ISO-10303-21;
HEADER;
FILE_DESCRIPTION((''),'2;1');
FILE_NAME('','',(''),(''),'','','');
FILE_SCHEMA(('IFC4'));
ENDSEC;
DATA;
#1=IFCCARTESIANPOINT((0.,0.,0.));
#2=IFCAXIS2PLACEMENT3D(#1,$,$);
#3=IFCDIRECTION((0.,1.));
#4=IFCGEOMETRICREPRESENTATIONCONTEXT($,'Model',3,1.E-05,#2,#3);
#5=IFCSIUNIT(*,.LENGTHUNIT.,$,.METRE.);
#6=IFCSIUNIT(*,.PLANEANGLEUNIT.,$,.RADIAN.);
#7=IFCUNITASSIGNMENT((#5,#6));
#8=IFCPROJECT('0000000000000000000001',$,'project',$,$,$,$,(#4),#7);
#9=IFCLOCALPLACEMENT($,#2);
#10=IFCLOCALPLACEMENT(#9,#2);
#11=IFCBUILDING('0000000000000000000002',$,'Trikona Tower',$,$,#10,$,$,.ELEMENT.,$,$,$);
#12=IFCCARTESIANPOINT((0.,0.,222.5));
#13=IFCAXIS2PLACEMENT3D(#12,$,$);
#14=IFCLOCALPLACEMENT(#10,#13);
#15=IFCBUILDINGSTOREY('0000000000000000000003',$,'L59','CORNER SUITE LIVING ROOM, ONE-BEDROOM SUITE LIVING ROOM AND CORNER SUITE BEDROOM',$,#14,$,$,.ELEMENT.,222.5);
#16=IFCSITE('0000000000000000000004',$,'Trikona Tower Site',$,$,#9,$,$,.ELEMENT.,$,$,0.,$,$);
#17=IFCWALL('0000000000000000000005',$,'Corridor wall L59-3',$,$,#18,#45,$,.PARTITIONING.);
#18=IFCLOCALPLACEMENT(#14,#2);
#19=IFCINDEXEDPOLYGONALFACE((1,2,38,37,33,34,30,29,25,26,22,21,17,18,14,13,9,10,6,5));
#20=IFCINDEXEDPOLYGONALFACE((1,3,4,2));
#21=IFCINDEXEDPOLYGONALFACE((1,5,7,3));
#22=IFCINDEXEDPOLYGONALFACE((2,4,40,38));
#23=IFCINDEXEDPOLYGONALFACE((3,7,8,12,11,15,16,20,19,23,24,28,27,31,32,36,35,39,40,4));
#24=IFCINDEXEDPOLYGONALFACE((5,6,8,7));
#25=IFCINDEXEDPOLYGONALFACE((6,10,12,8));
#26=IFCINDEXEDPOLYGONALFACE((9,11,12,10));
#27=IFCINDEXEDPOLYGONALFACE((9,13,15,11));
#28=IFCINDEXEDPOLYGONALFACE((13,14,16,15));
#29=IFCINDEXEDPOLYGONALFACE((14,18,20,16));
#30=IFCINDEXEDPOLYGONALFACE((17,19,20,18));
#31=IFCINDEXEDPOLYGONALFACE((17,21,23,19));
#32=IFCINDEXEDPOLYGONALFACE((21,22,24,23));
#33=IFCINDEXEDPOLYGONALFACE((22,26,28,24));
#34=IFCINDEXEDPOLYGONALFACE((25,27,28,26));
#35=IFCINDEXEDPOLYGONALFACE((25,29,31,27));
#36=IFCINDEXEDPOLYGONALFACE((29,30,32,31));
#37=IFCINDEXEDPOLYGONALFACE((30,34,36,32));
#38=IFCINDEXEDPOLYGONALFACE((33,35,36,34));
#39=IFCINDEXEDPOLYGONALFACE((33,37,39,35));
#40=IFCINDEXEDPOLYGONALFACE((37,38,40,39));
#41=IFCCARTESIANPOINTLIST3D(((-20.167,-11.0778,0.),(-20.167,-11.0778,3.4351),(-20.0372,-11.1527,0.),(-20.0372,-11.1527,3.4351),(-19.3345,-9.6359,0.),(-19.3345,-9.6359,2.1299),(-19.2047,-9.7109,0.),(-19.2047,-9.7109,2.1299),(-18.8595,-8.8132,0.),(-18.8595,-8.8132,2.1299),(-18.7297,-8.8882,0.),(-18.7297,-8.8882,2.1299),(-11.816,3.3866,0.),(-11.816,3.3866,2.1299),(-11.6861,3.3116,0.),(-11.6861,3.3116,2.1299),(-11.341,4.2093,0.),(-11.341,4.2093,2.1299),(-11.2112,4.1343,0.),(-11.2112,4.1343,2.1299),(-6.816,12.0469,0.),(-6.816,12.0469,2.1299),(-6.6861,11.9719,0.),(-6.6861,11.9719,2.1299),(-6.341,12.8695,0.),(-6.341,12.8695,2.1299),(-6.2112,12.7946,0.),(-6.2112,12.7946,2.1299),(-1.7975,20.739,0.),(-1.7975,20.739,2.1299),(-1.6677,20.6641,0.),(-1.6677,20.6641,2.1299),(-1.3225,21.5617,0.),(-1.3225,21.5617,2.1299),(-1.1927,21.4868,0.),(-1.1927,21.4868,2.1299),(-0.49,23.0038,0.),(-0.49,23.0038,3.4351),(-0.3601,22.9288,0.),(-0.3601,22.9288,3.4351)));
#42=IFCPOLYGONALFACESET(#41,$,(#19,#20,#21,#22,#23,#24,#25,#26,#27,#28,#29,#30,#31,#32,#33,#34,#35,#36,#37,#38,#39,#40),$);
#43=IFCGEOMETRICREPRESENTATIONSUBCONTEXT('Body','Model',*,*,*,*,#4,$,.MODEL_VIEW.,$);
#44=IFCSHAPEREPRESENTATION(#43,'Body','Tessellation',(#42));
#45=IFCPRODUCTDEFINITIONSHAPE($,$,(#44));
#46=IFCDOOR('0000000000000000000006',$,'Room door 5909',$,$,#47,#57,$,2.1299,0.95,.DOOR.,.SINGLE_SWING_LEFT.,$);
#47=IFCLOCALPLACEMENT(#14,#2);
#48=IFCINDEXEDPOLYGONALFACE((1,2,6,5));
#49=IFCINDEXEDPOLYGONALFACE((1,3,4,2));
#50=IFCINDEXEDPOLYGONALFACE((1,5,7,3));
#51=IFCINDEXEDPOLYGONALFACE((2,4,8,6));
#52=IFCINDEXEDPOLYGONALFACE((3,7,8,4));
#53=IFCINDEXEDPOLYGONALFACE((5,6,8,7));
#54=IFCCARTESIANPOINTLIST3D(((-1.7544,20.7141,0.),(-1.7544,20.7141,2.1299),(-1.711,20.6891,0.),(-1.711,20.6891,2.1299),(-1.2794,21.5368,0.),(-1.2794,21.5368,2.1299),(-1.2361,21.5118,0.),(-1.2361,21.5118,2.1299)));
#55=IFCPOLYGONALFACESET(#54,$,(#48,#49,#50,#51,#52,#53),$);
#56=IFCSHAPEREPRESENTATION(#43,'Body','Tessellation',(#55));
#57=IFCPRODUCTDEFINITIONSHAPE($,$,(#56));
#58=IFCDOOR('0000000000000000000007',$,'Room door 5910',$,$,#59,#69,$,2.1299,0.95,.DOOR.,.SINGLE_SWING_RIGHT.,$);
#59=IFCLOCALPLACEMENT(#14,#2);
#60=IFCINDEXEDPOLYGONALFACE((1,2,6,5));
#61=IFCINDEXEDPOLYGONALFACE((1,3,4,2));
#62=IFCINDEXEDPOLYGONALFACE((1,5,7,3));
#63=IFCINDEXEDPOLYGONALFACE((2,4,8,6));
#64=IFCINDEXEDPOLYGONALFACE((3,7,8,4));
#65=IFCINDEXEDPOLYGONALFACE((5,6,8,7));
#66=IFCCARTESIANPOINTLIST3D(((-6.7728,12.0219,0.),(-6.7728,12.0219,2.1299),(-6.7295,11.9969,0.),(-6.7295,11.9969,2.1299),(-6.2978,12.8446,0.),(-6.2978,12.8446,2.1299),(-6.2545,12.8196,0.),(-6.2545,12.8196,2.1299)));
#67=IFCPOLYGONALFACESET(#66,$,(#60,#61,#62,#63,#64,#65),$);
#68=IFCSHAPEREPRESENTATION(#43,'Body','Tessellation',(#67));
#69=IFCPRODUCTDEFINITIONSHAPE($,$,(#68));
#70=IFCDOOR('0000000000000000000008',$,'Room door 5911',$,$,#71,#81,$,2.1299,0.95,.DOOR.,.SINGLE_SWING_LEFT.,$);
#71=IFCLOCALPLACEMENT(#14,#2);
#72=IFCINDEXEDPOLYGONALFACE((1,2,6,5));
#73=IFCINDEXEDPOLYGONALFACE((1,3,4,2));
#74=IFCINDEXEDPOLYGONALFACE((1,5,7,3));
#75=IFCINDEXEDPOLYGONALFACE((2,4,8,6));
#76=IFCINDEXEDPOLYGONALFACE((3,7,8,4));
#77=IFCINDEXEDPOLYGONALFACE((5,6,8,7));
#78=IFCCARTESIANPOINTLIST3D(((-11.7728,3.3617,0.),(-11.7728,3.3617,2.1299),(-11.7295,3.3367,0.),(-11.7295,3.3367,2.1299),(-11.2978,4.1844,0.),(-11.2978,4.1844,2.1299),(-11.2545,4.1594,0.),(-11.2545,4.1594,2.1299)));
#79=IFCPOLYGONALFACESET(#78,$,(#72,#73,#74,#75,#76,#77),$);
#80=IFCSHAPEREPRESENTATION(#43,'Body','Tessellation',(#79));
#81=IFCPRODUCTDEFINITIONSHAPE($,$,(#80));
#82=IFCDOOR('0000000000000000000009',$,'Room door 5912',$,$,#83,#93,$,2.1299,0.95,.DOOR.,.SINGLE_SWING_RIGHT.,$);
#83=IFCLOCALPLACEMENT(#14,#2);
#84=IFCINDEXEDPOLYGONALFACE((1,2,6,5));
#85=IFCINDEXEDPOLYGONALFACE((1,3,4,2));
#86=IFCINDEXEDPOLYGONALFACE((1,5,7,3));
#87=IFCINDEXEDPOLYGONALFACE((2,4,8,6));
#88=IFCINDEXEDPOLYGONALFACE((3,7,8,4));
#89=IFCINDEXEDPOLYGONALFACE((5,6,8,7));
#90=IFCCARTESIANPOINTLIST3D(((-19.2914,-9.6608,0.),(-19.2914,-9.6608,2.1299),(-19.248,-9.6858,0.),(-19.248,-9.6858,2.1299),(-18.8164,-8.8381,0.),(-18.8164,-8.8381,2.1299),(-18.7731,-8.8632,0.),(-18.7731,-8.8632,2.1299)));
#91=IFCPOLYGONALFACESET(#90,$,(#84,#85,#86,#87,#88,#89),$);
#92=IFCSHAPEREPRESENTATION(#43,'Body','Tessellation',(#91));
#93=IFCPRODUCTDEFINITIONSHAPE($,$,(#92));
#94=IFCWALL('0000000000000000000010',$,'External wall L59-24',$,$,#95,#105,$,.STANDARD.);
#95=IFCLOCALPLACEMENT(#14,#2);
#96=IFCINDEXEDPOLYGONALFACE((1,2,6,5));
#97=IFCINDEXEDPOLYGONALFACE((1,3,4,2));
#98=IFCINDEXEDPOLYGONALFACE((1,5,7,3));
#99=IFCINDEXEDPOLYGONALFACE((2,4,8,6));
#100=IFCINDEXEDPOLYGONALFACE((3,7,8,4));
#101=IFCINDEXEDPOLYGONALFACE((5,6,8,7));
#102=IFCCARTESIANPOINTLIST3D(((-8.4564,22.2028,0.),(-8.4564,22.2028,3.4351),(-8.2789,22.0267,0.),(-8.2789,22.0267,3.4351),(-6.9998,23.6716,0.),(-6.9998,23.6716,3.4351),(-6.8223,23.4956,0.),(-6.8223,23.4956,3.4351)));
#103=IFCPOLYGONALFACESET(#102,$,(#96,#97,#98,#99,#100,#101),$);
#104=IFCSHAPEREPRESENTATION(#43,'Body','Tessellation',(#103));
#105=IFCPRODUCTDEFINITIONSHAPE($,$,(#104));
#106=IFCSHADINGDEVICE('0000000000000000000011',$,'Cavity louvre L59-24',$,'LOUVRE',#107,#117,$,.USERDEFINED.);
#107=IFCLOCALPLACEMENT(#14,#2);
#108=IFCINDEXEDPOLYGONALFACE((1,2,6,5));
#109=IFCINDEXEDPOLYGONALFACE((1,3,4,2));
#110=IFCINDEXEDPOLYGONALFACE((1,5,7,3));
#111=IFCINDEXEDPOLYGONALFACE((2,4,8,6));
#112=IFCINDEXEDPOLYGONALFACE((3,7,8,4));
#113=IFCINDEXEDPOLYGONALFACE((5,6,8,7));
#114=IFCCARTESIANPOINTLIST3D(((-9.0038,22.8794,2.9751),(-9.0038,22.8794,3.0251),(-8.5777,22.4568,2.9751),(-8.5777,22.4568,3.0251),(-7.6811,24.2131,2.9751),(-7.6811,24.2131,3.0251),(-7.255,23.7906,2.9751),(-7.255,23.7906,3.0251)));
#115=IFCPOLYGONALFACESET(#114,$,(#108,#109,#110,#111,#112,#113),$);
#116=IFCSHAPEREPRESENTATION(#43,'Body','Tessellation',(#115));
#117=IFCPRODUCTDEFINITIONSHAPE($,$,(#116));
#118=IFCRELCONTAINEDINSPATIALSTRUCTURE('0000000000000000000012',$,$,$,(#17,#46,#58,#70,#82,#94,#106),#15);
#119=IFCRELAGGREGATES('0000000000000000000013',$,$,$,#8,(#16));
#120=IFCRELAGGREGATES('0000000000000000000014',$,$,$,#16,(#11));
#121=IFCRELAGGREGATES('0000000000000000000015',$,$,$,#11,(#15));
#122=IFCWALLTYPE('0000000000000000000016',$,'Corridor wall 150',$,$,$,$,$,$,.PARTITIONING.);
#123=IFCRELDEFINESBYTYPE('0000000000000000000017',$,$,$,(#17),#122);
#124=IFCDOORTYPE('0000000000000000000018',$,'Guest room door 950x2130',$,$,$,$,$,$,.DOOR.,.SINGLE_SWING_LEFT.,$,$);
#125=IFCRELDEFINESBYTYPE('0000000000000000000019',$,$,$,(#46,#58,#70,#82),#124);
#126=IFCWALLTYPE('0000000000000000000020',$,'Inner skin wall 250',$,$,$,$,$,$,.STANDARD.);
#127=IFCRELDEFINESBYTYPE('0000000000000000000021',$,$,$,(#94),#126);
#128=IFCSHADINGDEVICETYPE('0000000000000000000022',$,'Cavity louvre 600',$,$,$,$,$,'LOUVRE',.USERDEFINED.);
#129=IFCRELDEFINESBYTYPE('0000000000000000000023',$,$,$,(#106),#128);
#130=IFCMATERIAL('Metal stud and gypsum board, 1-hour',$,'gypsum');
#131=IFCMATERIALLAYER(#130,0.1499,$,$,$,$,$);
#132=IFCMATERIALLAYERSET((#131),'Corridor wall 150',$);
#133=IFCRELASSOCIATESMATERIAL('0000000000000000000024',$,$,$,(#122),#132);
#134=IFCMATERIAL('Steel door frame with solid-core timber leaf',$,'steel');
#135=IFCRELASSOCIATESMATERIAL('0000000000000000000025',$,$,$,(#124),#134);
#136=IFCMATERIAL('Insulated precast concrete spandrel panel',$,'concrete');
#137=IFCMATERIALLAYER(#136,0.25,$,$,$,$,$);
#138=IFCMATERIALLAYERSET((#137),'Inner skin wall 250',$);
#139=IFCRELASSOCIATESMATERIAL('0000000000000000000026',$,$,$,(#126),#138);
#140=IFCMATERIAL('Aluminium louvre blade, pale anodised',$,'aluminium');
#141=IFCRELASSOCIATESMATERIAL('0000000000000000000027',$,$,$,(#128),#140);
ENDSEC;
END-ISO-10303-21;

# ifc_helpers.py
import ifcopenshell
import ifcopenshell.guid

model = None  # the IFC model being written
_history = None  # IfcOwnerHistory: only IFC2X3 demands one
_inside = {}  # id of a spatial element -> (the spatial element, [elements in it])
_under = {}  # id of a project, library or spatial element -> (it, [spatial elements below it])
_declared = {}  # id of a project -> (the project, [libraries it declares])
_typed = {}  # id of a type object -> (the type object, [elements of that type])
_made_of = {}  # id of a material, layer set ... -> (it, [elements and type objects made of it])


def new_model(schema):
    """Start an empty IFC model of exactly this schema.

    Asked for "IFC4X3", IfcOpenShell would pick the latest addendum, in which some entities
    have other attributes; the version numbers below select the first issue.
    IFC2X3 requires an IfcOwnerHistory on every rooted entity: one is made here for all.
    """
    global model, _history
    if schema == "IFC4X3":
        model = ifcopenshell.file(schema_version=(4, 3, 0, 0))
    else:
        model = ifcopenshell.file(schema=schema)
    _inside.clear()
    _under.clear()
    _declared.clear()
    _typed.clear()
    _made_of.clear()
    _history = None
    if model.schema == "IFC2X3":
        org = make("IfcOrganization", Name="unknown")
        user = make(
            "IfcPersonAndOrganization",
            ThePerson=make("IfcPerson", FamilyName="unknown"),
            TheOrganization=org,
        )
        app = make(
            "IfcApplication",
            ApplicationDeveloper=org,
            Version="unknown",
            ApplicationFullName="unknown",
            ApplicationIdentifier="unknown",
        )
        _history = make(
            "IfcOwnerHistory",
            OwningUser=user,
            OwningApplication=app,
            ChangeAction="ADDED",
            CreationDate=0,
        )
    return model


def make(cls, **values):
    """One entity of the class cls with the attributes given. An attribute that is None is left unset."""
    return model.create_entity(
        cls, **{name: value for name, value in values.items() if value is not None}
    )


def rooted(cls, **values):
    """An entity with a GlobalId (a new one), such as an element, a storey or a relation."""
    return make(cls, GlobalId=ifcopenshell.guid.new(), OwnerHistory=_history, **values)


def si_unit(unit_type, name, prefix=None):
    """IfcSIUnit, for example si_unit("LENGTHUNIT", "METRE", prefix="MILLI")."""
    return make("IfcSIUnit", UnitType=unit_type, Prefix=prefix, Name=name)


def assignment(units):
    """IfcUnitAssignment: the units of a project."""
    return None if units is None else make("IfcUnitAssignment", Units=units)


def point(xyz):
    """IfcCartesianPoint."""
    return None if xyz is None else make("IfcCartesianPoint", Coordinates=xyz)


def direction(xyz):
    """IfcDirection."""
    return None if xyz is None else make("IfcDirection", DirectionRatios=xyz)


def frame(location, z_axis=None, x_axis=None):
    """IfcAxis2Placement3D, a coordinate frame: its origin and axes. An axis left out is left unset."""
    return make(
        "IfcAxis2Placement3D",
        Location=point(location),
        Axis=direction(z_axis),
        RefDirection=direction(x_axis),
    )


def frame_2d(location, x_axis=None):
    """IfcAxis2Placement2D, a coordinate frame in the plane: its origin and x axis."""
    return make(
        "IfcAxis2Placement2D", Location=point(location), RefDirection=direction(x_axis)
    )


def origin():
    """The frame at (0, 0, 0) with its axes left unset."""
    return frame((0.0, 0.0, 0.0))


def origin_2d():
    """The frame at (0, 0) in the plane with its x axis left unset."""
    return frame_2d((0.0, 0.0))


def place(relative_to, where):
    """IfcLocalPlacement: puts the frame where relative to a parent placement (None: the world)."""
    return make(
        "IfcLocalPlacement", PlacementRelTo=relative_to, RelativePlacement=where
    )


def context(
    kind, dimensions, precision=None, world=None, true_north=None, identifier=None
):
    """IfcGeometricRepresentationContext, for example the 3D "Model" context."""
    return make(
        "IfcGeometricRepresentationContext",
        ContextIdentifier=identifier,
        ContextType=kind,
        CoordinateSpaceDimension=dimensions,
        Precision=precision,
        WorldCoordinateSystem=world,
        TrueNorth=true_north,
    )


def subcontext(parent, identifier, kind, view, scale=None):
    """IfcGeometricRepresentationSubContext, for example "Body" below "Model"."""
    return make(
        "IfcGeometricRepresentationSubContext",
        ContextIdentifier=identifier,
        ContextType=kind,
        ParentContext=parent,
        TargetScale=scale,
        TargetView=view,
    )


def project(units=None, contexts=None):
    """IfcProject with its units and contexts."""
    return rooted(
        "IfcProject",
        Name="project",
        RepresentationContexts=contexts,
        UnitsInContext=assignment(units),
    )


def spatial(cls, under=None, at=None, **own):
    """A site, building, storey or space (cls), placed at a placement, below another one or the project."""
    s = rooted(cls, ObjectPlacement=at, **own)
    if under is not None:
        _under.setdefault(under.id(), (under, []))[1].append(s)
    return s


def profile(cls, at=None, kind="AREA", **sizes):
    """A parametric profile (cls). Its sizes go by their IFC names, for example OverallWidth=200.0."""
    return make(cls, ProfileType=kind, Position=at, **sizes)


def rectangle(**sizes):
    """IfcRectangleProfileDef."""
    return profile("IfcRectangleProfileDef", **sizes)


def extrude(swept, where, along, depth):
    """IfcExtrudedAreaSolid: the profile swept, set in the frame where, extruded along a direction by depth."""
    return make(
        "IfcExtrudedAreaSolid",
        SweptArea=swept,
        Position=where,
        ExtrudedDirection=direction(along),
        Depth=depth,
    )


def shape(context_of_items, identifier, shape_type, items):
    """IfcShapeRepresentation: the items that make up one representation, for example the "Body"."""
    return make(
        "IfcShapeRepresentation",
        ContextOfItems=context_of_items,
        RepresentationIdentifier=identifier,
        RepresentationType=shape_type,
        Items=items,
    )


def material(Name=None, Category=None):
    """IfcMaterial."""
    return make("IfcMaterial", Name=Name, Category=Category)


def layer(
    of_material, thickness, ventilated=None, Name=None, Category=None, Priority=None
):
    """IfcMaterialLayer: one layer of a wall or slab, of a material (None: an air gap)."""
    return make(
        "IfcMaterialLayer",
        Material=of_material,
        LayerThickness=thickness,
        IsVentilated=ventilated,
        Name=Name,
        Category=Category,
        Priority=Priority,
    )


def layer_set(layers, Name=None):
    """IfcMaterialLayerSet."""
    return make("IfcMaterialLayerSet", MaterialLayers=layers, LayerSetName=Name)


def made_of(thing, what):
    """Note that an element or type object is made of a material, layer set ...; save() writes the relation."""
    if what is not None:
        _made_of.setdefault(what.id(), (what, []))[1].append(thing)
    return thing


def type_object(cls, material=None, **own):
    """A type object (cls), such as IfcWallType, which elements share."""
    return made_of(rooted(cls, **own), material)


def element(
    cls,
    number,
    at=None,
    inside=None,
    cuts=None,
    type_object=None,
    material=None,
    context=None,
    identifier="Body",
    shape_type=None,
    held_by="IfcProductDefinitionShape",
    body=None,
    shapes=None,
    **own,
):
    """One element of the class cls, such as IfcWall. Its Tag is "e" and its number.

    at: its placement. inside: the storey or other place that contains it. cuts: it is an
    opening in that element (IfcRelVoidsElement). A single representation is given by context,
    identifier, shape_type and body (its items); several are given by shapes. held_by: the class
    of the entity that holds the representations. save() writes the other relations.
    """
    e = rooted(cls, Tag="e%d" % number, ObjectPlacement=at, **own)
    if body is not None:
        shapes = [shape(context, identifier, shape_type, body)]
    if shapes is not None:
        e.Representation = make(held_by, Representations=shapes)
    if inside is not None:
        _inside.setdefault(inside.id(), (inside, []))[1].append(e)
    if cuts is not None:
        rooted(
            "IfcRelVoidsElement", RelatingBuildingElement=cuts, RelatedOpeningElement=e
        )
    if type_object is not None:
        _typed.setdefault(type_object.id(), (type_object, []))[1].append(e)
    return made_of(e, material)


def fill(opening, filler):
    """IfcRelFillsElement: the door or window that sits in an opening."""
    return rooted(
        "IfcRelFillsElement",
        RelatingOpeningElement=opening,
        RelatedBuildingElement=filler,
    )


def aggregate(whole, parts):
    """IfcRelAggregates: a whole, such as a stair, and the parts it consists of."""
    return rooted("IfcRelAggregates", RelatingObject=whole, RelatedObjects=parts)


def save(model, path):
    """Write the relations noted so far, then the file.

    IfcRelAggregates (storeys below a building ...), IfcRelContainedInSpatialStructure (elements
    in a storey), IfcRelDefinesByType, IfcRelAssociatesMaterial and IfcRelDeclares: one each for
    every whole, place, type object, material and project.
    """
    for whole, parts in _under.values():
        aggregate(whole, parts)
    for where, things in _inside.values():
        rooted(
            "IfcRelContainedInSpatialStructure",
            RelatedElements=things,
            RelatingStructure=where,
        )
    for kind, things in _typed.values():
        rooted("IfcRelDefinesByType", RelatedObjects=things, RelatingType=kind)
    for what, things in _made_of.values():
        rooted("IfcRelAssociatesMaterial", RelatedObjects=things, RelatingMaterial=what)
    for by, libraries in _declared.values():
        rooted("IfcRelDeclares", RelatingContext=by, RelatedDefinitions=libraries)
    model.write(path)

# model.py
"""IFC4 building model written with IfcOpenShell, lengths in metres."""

from ifc_helpers import new_model, si_unit, direction, frame, frame_2d, origin, origin_2d, place, context, subcontext, project, spatial, rectangle, extrude, material, layer, layer_set, type_object, element, fill, save


model = new_model("IFC4")

# Units and contexts
model_context = context("Model", 3, precision=1e-05, world=origin(), true_north=direction((0.0, 1.0)))
body_context = subcontext(model_context, "Body", "Model", "MODEL_VIEW")
ifc_project = project(units=[si_unit("LENGTHUNIT", "METRE"), si_unit("PLANEANGLEUNIT", "RADIAN")], contexts=[model_context])

# Site, building, storey
site_placement = place(None, origin())
site = spatial("IfcSite", under=ifc_project, at=site_placement, Name="Trikona Tower Site", CompositionType="ELEMENT", RefElevation=0.0)
building_placement = place(site_placement, origin())
building = spatial("IfcBuilding", under=site, at=building_placement, Name="Trikona Tower", CompositionType="ELEMENT")
storey_placement = place(building_placement, frame((0.0, 0.0, 222.5)))
storey = spatial("IfcBuildingStorey", under=building, at=storey_placement, Name="L59", Description="CORNER SUITE LIVING ROOM, ONE-BEDROOM SUITE LIVING ROOM AND CORNER SUITE BEDROOM", CompositionType="ELEMENT", Elevation=222.5)

# Wall, openings, doors
ifc_material_1 = material(Name="Metal stud and gypsum board, 1-hour", Category="gypsum")
ifc_layer_1 = layer(ifc_material_1, 0.1499)
ifc_layer_set_1 = layer_set([ifc_layer_1], Name="Corridor wall 150")
wall_type_1 = type_object("IfcWallType", Name="Corridor wall 150", PredefinedType="PARTITIONING", material=ifc_layer_set_1)
wall_1_placement = place(storey_placement, frame((-0.425, 22.9663, 0.0), z_axis=(0.0, 0.0, 1.0), x_axis=(-0.5, -0.866025, 0.0)))
wall_1 = element("IfcWall", 1, at=wall_1_placement, inside=storey, type_object=wall_type_1, Name="Corridor wall L59-3", PredefinedType="PARTITIONING", context=body_context, shape_type="SweptSolid", body=[
    extrude(rectangle(XDim=39.354, YDim=0.1499, at=frame_2d((19.677, 0.0))), origin(), (0.0, 0.0, 1.0), 3.4351),
])
opening_1_placement = place(wall_1_placement, frame((1.665, 0.0, 0.0)))
opening_1 = element("IfcOpeningElement", 2, at=opening_1_placement, cuts=wall_1, PredefinedType="OPENING", context=body_context, shape_type="SweptSolid", body=[
    extrude(rectangle(XDim=0.95, YDim=2.1299, at=frame_2d((0.4751, 1.0649))), frame((0.0, 0.085, 0.0), z_axis=(0.0, -1.0, 0.0), x_axis=(1.0, 0.0, 0.0)), (0.0, 0.0, 1.0), 0.1699),
])
opening_2_placement = place(wall_1_placement, frame((11.7019, 0.0, 0.0)))
opening_2 = element("IfcOpeningElement", 3, at=opening_2_placement, cuts=wall_1, PredefinedType="OPENING", context=body_context, shape_type="SweptSolid", body=[
    extrude(rectangle(XDim=0.95, YDim=2.1299, at=frame_2d((0.4751, 1.0649))), frame((0.0, 0.085, 0.0), z_axis=(0.0, -1.0, 0.0), x_axis=(1.0, 0.0, 0.0)), (0.0, 0.0, 1.0), 0.1699),
])
opening_3_placement = place(wall_1_placement, frame((21.7019, 0.0, 0.0)))
opening_3 = element("IfcOpeningElement", 4, at=opening_3_placement, cuts=wall_1, PredefinedType="OPENING", context=body_context, shape_type="SweptSolid", body=[
    extrude(rectangle(XDim=0.95, YDim=2.1299, at=frame_2d((0.4751, 1.0649))), frame((0.0, 0.085, 0.0), z_axis=(0.0, -1.0, 0.0), x_axis=(1.0, 0.0, 0.0)), (0.0, 0.0, 1.0), 0.1699),
])
opening_4_placement = place(wall_1_placement, frame((36.739, 0.0, 0.0)))
opening_4 = element("IfcOpeningElement", 5, at=opening_4_placement, cuts=wall_1, PredefinedType="OPENING", context=body_context, shape_type="SweptSolid", body=[
    extrude(rectangle(XDim=0.95, YDim=2.1299, at=frame_2d((0.4751, 1.0649))), frame((0.0, 0.085, 0.0), z_axis=(0.0, -1.0, 0.0), x_axis=(1.0, 0.0, 0.0)), (0.0, 0.0, 1.0), 0.1699),
])
ifc_material_2 = material(Name="Steel door frame with solid-core timber leaf", Category="steel")
door_type = type_object("IfcDoorType", Name="Guest room door 950x2130", OperationType="SINGLE_SWING_LEFT", PredefinedType="DOOR", material=ifc_material_2)
door_1_placement = place(opening_1_placement, origin())
door_1 = element("IfcDoor", 6, at=door_1_placement, inside=storey, type_object=door_type, Name="Room door 5909", OperationType="SINGLE_SWING_LEFT", OverallHeight=2.1299, OverallWidth=0.95, PredefinedType="DOOR", context=body_context, shape_type="SweptSolid", body=[
    extrude(rectangle(XDim=0.95, YDim=2.1299, at=frame_2d((0.4751, 1.0649))), frame((0.0, 0.0249, 0.0), z_axis=(0.0, -1.0, 0.0), x_axis=(1.0, 0.0, 0.0)), (0.0, 0.0, 1.0), 0.05),
])
fill(opening_1, door_1)
door_2_placement = place(opening_2_placement, origin())
door_2 = element("IfcDoor", 7, at=door_2_placement, inside=storey, type_object=door_type, Name="Room door 5910", OperationType="SINGLE_SWING_RIGHT", OverallHeight=2.1299, OverallWidth=0.95, PredefinedType="DOOR", context=body_context, shape_type="SweptSolid", body=[
    extrude(rectangle(XDim=0.95, YDim=2.1299, at=frame_2d((0.4751, 1.0649))), frame((0.0, 0.0249, 0.0), z_axis=(0.0, -1.0, 0.0), x_axis=(1.0, 0.0, 0.0)), (0.0, 0.0, 1.0), 0.05),
])
fill(opening_2, door_2)
door_3_placement = place(opening_3_placement, origin())
door_3 = element("IfcDoor", 8, at=door_3_placement, inside=storey, type_object=door_type, Name="Room door 5911", OperationType="SINGLE_SWING_LEFT", OverallHeight=2.1299, OverallWidth=0.95, PredefinedType="DOOR", context=body_context, shape_type="SweptSolid", body=[
    extrude(rectangle(XDim=0.95, YDim=2.1299, at=frame_2d((0.4751, 1.0649))), frame((0.0, 0.0249, 0.0), z_axis=(0.0, -1.0, 0.0), x_axis=(1.0, 0.0, 0.0)), (0.0, 0.0, 1.0), 0.05),
])
fill(opening_3, door_3)
door_4_placement = place(opening_4_placement, origin())
door_4 = element("IfcDoor", 9, at=door_4_placement, inside=storey, type_object=door_type, Name="Room door 5912", OperationType="SINGLE_SWING_RIGHT", OverallHeight=2.1299, OverallWidth=0.95, PredefinedType="DOOR", context=body_context, shape_type="SweptSolid", body=[
    extrude(rectangle(XDim=0.95, YDim=2.1299, at=frame_2d((0.4751, 1.0649))), frame((0.0, 0.0249, 0.0), z_axis=(0.0, -1.0, 0.0), x_axis=(1.0, 0.0, 0.0)), (0.0, 0.0, 1.0), 0.05),
])
fill(opening_4, door_4)

# Wall
ifc_material_3 = material(Name="Insulated precast concrete spandrel panel", Category="concrete")
ifc_layer_2 = layer(ifc_material_3, 0.25)
ifc_layer_set_2 = layer_set([ifc_layer_2], Name="Inner skin wall 250")
wall_type_2 = type_object("IfcWallType", Name="Inner skin wall 250", PredefinedType="STANDARD", material=ifc_layer_set_2)
wall_2_placement = place(storey_placement, frame((-6.9111, 23.5835, 0.0), z_axis=(0.0, 0.0, 1.0), x_axis=(-0.70415, -0.710051, 0.0)))
element("IfcWall", 10, at=wall_2_placement, inside=storey, type_object=wall_type_2, Name="External wall L59-24", PredefinedType="STANDARD", context=body_context, shape_type="SweptSolid", body=[
    extrude(rectangle(XDim=2.0686, YDim=0.25, at=frame_2d((1.0342, 0.0))), origin(), (0.0, 0.0, 1.0), 3.4351),
])

# Shading device
ifc_material_4 = material(Name="Aluminium louvre blade, pale anodised", Category="aluminium")
shading_device_type = type_object("IfcShadingDeviceType", Name="Cavity louvre 600", ElementType="LOUVRE", PredefinedType="USERDEFINED", material=ifc_material_4)
shading_device_placement = place(storey_placement, frame((-8.1294, 23.335, 2.9751), z_axis=(0.0, 0.0, 1.0), x_axis=(-0.704151, -0.71005, 0.0)))
element("IfcShadingDevice", 11, at=shading_device_placement, inside=storey, type_object=shading_device_type, Name="Cavity louvre L59-24", ObjectType="LOUVRE", PredefinedType="USERDEFINED", context=body_context, shape_type="SweptSolid", body=[
    extrude(rectangle(XDim=1.8784, YDim=0.6001, at=origin_2d()), origin(), (0.0, 0.0, 1.0), 0.05),
])

save(model, "model.ifc")
